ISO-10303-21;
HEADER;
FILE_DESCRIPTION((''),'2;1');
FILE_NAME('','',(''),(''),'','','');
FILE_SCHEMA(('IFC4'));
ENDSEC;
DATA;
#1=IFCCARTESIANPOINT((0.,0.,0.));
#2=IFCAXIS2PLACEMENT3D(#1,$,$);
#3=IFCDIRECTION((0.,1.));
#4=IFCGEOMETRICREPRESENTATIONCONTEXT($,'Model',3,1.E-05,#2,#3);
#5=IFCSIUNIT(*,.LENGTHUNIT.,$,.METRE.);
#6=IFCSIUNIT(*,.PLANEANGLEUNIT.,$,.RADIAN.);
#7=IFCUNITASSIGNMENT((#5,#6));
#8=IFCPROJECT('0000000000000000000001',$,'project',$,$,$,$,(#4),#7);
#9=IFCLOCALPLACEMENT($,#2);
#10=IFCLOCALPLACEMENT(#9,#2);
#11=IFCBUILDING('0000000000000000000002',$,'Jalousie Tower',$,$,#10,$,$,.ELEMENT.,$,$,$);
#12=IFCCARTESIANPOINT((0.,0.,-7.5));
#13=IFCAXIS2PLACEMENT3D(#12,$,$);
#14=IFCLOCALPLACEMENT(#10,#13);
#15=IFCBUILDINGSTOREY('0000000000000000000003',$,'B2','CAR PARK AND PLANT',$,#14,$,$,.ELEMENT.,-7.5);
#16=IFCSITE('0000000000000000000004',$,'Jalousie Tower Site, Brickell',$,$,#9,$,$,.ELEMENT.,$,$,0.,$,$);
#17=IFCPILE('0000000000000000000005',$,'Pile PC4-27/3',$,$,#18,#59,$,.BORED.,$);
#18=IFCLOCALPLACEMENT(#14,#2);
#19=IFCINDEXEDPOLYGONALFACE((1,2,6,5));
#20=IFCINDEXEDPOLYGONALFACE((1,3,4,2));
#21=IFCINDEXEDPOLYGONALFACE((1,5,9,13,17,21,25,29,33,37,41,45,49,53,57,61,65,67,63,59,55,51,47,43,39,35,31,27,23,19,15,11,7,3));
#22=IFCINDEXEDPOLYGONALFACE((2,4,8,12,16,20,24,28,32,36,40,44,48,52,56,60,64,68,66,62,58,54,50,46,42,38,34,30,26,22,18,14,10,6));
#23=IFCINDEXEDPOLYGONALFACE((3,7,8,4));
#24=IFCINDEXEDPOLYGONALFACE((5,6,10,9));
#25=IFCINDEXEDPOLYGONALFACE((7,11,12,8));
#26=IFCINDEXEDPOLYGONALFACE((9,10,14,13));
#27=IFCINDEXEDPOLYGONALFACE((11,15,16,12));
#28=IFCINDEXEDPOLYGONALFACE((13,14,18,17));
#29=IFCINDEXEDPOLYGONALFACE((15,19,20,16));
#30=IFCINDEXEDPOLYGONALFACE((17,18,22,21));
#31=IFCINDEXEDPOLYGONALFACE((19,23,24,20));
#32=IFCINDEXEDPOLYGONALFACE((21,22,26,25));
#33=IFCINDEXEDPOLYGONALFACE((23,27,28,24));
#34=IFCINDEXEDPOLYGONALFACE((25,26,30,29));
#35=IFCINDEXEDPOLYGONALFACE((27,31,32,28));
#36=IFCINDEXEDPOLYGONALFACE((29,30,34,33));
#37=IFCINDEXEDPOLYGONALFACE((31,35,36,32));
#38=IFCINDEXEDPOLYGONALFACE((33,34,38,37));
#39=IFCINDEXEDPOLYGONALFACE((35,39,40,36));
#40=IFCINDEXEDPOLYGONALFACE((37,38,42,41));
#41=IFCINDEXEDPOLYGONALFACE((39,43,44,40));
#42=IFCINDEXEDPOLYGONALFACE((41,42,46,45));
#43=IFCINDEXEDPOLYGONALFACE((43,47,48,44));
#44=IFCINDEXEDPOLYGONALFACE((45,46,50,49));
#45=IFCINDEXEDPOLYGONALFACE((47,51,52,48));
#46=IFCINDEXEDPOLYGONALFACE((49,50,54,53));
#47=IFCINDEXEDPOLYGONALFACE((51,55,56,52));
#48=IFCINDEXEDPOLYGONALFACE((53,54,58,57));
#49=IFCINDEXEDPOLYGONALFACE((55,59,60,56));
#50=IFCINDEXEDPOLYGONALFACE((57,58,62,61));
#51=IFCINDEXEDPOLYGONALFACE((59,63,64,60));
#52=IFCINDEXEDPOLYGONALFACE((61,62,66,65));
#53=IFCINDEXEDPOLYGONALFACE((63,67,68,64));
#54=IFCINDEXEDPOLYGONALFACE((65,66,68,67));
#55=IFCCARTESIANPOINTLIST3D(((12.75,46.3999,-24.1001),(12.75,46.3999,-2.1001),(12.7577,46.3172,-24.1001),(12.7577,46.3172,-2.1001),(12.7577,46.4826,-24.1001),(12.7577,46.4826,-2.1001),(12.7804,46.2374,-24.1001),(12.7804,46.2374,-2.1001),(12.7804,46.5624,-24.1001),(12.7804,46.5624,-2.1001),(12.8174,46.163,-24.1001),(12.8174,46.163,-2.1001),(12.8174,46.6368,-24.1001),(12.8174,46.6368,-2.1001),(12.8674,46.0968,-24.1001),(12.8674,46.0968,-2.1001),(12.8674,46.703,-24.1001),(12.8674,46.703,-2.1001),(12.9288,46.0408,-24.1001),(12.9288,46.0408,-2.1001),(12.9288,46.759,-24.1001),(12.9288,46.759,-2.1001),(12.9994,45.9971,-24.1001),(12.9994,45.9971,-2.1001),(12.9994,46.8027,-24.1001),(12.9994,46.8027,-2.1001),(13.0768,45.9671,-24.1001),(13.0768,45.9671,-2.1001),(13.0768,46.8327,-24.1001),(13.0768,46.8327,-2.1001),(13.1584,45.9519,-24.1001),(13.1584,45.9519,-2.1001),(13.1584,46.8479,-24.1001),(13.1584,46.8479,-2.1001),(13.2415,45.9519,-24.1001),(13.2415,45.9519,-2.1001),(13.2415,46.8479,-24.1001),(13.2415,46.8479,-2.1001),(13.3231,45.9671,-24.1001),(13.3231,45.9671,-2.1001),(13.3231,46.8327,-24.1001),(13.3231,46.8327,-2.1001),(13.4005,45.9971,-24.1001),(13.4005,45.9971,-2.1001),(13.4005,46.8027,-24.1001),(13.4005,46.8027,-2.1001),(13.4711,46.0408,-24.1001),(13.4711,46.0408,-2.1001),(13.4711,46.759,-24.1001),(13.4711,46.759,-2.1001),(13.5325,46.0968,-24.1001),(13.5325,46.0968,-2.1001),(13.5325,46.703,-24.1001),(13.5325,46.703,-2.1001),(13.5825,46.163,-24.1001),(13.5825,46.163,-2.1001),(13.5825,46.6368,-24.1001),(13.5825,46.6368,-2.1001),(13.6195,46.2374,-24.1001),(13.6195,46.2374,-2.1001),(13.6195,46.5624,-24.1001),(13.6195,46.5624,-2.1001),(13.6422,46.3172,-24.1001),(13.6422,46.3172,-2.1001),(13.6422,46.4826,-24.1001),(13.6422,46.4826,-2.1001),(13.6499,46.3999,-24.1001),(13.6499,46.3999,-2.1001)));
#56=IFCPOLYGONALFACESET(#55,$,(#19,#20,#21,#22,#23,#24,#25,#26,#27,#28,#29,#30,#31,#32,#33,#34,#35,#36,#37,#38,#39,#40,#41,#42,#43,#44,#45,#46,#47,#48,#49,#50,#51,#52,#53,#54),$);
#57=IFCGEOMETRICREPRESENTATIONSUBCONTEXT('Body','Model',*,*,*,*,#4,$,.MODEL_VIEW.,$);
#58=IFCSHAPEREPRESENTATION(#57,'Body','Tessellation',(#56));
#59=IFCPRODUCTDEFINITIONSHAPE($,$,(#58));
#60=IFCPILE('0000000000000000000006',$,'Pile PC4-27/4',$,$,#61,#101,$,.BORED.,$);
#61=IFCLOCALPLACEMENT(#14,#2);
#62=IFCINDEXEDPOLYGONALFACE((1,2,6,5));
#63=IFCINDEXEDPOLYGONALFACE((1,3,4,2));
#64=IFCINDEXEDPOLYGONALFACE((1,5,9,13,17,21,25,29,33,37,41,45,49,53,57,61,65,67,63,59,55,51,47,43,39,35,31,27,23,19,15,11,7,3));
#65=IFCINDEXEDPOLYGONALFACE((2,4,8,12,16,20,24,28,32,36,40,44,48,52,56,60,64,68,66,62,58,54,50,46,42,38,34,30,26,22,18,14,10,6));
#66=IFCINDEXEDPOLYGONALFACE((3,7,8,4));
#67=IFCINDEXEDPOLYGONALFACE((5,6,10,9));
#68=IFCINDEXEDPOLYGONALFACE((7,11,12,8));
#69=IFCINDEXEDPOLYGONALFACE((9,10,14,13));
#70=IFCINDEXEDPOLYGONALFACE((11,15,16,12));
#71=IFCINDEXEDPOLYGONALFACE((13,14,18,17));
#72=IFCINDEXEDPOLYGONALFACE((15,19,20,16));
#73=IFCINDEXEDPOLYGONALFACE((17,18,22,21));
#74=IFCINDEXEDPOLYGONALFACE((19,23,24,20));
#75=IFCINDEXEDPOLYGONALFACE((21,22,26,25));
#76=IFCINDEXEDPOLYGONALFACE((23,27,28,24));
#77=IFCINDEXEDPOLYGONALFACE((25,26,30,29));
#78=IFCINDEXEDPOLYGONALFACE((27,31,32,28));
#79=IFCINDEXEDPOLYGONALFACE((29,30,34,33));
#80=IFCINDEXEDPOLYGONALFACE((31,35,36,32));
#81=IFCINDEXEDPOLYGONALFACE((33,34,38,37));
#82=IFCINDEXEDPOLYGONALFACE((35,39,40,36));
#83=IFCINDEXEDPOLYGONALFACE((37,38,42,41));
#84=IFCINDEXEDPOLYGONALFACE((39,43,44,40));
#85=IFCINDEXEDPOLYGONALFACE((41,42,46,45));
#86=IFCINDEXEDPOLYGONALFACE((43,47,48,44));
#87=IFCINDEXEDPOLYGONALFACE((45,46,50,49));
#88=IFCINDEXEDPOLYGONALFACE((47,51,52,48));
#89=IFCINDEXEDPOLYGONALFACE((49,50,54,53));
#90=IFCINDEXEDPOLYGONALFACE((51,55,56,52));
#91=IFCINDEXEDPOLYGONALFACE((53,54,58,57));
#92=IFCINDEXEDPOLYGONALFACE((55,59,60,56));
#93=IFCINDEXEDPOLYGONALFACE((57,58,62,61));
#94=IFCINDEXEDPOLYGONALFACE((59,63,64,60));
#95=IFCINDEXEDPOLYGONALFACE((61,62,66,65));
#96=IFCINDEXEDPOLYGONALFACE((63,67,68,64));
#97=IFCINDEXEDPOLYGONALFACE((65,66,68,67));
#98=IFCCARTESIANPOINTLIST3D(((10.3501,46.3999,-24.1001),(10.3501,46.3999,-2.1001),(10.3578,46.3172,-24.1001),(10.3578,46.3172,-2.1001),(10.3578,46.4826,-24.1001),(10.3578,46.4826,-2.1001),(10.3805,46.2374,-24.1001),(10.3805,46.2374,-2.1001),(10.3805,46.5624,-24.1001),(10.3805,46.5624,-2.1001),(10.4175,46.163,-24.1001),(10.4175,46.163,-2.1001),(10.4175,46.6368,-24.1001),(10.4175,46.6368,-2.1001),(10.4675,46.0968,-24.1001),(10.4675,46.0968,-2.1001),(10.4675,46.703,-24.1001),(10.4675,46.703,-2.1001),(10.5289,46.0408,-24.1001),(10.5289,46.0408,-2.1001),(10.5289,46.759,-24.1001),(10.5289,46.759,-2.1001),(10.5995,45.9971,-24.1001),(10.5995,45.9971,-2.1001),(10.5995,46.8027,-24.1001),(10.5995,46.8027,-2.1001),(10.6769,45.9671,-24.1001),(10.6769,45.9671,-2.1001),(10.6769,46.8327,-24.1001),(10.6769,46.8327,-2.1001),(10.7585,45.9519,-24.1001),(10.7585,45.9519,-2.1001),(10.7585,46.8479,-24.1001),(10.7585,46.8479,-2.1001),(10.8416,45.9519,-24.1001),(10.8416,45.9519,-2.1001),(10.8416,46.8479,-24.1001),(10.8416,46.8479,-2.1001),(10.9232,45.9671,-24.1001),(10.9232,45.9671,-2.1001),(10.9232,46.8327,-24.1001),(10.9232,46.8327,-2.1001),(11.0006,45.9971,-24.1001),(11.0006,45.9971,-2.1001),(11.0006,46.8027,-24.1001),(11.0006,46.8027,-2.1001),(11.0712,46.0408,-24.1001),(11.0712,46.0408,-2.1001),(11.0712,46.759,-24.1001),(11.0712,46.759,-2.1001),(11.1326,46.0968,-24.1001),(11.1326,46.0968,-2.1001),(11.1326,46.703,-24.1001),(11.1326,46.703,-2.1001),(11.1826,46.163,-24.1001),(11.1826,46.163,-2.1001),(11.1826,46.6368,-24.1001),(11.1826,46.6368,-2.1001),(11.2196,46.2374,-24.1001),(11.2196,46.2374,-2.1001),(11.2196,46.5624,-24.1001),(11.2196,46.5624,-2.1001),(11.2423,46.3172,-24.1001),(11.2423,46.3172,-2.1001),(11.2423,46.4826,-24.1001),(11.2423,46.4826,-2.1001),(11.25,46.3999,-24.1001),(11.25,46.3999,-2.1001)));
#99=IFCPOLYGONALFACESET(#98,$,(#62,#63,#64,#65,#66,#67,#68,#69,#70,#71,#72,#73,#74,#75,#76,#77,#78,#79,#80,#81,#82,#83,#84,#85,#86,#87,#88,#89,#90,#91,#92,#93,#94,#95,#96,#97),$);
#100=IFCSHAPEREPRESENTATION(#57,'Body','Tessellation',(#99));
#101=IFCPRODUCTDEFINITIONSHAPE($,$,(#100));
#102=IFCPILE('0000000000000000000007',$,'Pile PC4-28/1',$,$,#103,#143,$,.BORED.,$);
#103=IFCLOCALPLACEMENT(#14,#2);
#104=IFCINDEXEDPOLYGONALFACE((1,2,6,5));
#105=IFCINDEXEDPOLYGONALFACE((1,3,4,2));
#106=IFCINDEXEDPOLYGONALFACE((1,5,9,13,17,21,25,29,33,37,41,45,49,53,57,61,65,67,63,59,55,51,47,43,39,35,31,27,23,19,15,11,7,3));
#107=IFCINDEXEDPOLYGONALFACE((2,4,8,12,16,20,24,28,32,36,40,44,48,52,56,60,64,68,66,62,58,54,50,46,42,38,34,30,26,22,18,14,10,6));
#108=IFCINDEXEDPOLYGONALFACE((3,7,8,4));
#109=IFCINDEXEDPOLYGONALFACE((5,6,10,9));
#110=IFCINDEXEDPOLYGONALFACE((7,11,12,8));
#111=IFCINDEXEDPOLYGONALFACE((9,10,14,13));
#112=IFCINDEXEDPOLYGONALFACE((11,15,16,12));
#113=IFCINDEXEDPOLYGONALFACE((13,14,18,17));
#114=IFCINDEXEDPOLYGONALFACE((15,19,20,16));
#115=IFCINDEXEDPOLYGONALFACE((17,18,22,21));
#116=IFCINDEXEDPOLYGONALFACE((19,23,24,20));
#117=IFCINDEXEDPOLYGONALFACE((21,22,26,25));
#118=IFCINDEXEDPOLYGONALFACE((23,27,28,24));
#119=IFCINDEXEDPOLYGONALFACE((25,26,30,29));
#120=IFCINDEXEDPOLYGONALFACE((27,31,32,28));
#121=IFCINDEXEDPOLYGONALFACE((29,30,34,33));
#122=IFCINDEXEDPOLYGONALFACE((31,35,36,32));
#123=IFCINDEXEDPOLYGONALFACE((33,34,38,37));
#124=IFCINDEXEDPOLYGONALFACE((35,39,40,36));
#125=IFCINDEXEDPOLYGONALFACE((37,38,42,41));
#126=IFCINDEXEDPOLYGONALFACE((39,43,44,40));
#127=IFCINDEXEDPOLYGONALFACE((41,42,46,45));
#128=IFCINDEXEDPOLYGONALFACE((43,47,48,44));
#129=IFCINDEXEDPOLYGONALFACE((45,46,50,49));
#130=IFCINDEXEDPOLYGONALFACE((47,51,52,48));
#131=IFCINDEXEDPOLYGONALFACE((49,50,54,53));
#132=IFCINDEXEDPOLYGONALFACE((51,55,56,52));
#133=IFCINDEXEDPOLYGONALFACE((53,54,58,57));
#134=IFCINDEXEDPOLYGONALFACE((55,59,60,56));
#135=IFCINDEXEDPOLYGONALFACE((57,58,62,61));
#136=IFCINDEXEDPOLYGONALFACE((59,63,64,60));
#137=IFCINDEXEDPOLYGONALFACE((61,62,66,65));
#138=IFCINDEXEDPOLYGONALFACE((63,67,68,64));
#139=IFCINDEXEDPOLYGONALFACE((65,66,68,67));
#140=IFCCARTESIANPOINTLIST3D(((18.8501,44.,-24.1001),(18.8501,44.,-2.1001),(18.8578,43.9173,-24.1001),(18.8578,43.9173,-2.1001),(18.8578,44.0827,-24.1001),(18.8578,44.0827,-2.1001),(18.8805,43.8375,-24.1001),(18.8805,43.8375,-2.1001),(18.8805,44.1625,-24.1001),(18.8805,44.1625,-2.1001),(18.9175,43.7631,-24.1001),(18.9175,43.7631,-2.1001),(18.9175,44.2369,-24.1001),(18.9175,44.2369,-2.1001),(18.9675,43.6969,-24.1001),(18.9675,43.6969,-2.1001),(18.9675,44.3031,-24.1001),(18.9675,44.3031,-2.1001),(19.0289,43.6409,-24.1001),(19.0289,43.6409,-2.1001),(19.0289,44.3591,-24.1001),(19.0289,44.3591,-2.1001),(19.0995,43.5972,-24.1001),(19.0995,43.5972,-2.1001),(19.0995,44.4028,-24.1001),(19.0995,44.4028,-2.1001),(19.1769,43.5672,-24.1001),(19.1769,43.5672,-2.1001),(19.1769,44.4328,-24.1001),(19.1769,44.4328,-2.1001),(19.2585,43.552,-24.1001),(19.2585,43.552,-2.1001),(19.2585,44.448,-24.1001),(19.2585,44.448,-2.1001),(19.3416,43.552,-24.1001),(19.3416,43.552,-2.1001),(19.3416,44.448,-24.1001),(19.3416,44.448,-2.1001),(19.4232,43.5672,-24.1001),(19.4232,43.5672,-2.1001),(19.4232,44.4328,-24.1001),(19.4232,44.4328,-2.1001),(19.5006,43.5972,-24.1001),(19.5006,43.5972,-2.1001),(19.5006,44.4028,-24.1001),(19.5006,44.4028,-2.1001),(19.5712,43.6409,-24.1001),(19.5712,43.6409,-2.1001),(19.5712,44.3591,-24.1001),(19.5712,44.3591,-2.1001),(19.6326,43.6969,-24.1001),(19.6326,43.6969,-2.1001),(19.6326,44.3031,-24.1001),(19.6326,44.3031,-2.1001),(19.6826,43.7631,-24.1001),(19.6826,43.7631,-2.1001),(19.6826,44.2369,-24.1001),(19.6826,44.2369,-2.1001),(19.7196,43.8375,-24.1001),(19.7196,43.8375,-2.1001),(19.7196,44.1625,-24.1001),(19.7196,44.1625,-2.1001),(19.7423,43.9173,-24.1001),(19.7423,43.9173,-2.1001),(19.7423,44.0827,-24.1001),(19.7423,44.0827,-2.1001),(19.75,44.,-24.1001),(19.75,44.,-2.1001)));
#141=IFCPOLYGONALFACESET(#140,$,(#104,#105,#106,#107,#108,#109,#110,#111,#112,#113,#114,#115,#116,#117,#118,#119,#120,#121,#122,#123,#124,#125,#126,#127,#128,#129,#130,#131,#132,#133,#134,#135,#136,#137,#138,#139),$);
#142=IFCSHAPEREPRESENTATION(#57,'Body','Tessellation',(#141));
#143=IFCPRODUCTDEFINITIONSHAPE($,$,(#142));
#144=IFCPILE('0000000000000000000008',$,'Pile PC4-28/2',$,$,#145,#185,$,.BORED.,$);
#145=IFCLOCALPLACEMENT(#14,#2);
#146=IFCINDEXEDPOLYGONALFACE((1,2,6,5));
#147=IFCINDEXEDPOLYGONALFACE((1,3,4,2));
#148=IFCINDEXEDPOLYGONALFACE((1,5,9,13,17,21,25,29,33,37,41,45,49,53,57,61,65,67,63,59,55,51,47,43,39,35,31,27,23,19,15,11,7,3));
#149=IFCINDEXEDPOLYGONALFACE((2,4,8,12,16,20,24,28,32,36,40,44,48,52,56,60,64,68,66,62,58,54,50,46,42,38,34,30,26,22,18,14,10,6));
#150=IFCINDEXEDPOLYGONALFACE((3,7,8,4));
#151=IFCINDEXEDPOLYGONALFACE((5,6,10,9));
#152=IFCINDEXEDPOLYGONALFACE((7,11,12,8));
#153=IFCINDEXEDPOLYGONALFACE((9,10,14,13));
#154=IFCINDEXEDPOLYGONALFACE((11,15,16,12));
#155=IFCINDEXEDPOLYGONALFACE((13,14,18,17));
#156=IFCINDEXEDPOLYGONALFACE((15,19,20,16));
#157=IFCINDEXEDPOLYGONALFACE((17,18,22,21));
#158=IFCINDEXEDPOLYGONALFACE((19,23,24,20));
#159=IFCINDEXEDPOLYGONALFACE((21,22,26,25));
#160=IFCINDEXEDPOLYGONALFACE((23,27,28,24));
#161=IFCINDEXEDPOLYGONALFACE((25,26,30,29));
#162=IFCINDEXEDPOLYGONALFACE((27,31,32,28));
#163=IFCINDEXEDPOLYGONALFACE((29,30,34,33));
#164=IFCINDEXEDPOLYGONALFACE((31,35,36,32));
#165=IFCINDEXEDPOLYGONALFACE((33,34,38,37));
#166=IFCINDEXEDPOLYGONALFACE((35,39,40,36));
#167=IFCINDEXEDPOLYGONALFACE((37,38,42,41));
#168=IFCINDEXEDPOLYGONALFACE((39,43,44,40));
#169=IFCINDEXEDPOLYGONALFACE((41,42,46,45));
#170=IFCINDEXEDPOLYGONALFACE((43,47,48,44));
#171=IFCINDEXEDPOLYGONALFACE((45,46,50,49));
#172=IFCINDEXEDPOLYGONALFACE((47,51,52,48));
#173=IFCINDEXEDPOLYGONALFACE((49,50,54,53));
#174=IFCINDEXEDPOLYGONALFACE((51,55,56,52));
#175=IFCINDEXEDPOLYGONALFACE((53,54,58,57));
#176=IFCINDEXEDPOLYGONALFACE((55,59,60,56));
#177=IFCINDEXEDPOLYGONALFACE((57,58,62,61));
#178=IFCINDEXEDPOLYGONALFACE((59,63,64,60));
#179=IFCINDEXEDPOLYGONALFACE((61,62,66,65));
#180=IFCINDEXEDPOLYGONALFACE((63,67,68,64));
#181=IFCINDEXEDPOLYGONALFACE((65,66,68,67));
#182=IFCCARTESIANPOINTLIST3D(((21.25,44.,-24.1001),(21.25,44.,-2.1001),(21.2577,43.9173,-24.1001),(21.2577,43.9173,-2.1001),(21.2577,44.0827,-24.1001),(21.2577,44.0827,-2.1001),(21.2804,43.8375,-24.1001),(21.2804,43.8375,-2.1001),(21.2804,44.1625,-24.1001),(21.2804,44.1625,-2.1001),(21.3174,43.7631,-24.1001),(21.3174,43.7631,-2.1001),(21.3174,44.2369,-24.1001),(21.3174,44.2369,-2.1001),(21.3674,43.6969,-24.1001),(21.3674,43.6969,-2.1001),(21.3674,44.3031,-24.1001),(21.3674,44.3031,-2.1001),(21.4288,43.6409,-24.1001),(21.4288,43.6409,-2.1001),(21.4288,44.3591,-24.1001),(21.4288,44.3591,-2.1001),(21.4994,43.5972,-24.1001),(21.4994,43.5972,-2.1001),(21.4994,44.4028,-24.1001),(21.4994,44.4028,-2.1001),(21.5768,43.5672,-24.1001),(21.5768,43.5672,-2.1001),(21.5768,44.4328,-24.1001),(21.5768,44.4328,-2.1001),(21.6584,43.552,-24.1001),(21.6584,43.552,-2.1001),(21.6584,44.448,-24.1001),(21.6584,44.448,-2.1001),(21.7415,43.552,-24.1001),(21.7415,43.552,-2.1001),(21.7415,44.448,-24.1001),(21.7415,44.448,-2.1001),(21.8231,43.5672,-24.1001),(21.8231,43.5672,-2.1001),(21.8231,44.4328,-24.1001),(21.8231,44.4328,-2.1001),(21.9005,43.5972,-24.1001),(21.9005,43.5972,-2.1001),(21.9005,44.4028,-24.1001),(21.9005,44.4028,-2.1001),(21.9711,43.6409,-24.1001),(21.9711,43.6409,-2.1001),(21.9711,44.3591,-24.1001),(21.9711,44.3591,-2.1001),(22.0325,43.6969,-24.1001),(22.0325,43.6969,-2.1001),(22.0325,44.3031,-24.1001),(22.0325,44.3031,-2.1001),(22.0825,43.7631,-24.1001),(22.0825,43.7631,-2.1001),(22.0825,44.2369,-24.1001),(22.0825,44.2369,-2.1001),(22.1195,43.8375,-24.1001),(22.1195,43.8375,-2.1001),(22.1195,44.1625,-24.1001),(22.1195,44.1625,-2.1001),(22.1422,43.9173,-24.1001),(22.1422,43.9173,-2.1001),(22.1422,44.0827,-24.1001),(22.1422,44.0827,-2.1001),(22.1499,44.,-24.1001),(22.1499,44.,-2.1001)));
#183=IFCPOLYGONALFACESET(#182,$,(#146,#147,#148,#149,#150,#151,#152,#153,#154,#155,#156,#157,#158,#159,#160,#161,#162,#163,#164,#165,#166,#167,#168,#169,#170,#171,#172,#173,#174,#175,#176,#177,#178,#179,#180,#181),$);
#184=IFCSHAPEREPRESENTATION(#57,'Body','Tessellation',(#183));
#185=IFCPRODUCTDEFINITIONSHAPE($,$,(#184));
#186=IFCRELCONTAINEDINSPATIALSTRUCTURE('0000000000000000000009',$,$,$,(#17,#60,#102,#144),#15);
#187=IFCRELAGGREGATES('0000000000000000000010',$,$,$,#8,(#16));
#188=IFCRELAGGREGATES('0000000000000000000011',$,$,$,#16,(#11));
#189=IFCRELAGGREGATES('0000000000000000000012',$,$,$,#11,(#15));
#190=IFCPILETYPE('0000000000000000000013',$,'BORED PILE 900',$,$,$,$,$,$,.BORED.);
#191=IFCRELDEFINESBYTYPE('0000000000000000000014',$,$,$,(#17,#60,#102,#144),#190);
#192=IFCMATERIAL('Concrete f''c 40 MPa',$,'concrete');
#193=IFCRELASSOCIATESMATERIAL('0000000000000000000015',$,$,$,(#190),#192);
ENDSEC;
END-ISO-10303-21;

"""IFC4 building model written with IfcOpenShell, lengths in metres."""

from ifc_helpers import new_model, si_unit, direction, frame, origin, origin_2d, place, context, subcontext, project, spatial, circle, extrude, material, material_profile, profile_set, type_object, element, save


model = new_model("IFC4")

# Units and contexts
model_context = context("Model", 3, precision=1e-05, world=origin(), true_north=direction((0.0, 1.0)))
body_context = subcontext(model_context, "Body", "Model", "MODEL_VIEW")
ifc_project = project(units=[si_unit("LENGTHUNIT", "METRE"), si_unit("PLANEANGLEUNIT", "RADIAN")], contexts=[model_context])

# Site, building, storey
site_placement = place(None, origin())
site = spatial("IfcSite", under=ifc_project, at=site_placement, Name="Jalousie Tower Site, Brickell", CompositionType="ELEMENT", RefElevation=0.0)
building_placement = place(site_placement, origin())
building = spatial("IfcBuilding", under=site, at=building_placement, Name="Jalousie Tower", CompositionType="ELEMENT")
storey_placement = place(building_placement, frame((0.0, 0.0, -7.5)))
storey = spatial("IfcBuildingStorey", under=building, at=storey_placement, Name="B2", Description="CAR PARK AND PLANT", CompositionType="ELEMENT", Elevation=-7.5)

# Piles
ifc_material_1 = material(Name="Concrete f'c 40 MPa", Category="concrete")
ifc_material_profile_1 = material_profile(ifc_material_1, circle(Radius=0.45, at=origin_2d()), Name="BORED PILE D900")
ifc_profile_set_1 = profile_set([ifc_material_profile_1], Name="Concrete f'c 40 MPa")
pile_type_1 = type_object("IfcPileType", Name="BORED PILE 900", PredefinedType="BORED", material=ifc_profile_set_1)
for number, where, z_axis, x_axis, name in (
    (1, (13.2, 46.3999, -2.1001), (0.0, 0.0, -1.0), (1.0, 0.0, 0.0), "Pile PC4-27/3"),
    (2, (10.8, 46.3999, -2.1001), (0.0, 0.0, -1.0), (1.0, 0.0, 0.0), "Pile PC4-27/4"),
    (3, (19.3, 44.0, -2.1001), (0.0, 0.0, -1.0), (1.0, 0.0, 0.0), "Pile PC4-28/1"),
    (4, (21.7, 44.0, -2.1001), (0.0, 0.0, -1.0), (1.0, 0.0, 0.0), "Pile PC4-28/2"),
):
    element("IfcPile", number, at=place(storey_placement, frame(where, z_axis=z_axis, x_axis=x_axis)), inside=storey, type_object=pile_type_1, Name=name, PredefinedType="BORED", context=body_context, shape_type="SweptSolid", body=[
        extrude(circle(Radius=0.45, at=origin_2d()), origin(), (0.0, 0.0, 1.0), 22.0),
    ])

save(model, "model.ifc")
